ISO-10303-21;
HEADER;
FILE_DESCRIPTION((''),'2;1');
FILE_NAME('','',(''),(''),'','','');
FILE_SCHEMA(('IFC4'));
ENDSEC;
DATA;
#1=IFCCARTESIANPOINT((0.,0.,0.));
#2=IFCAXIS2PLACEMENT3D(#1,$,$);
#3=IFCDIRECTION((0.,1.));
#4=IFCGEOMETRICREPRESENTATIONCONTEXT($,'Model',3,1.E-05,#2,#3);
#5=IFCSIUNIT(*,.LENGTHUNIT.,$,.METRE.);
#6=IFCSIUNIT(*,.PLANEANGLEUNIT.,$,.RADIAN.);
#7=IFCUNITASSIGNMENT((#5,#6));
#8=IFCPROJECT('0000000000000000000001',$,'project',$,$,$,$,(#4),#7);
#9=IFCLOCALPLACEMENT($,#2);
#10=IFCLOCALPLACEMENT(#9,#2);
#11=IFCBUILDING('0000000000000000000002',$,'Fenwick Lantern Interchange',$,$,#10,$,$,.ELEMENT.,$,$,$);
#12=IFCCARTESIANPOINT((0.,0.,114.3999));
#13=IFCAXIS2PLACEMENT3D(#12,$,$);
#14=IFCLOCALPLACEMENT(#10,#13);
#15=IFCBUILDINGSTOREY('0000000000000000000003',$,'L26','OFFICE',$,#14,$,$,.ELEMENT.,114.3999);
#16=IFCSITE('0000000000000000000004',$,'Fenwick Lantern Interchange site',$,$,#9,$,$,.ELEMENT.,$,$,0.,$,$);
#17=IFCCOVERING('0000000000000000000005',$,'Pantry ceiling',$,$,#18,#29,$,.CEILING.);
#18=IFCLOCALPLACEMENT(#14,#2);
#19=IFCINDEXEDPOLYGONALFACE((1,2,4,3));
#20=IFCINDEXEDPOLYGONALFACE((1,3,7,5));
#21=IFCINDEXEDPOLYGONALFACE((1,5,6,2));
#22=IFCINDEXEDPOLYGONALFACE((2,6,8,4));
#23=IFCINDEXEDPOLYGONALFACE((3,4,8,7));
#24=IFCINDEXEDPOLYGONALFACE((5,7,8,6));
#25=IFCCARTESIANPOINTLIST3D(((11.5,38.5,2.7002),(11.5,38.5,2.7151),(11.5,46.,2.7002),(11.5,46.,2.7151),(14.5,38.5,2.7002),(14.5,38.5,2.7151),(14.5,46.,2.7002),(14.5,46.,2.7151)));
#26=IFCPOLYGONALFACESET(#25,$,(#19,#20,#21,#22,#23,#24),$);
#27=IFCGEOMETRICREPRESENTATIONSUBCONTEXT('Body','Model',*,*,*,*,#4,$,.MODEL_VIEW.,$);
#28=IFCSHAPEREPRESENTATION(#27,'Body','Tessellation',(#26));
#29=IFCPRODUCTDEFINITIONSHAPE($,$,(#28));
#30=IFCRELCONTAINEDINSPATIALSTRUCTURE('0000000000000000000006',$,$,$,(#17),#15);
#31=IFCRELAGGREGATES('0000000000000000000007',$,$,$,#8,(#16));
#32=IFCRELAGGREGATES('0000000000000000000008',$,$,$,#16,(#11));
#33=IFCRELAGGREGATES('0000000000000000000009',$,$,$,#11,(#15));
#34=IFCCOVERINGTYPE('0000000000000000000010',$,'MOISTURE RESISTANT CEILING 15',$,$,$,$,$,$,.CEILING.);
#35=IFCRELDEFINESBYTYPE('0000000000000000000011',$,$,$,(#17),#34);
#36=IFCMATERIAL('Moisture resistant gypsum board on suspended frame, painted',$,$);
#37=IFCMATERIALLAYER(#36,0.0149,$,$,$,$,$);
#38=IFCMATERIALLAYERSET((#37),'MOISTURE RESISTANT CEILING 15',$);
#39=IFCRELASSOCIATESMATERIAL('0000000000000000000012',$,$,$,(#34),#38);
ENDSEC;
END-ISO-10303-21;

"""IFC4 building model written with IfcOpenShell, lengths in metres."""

from ifc_helpers import new_model, si_unit, direction, frame, origin, place, context, subcontext, project, spatial, polyline, outline, extrude, material, layer, layer_set, type_object, element, save


model = new_model("IFC4")

# Units and contexts
model_context = context("Model", 3, precision=1e-05, world=origin(), true_north=direction((0.0, 1.0)))
body_context = subcontext(model_context, "Body", "Model", "MODEL_VIEW")
ifc_project = project(units=[si_unit("LENGTHUNIT", "METRE"), si_unit("PLANEANGLEUNIT", "RADIAN")], contexts=[model_context])

# Site, building, storey
site_placement = place(None, origin())
site = spatial("IfcSite", under=ifc_project, at=site_placement, Name="Fenwick Lantern Interchange site", CompositionType="ELEMENT", RefElevation=0.0)
building_placement = place(site_placement, origin())
building = spatial("IfcBuilding", under=site, at=building_placement, Name="Fenwick Lantern Interchange", CompositionType="ELEMENT")
storey_placement = place(building_placement, frame((0.0, 0.0, 114.3999)))
storey = spatial("IfcBuildingStorey", under=building, at=storey_placement, Name="L26", Description="OFFICE", CompositionType="ELEMENT", Elevation=114.3999)

# Covering
ifc_material_1 = material(Name="Moisture resistant gypsum board on suspended frame, painted")
ifc_layer_1 = layer(ifc_material_1, 0.0149)
ifc_layer_set_1 = layer_set([ifc_layer_1], Name="MOISTURE RESISTANT CEILING 15")
covering_type_1 = type_object("IfcCoveringType", Name="MOISTURE RESISTANT CEILING 15", PredefinedType="CEILING", material=ifc_layer_set_1)
covering_1_placement = place(storey_placement, frame((0.0, 0.0, 2.7002)))
element("IfcCovering", 1, at=covering_1_placement, inside=storey, type_object=covering_type_1, Name="Pantry ceiling", PredefinedType="CEILING", context=body_context, shape_type="SweptSolid", body=[
    extrude(outline(polyline([(14.5, 46.0), (11.5, 46.0), (11.5, 38.5), (14.5, 38.5), (14.5, 46.0)])), origin(), (0.0, 0.0, 1.0), 0.0149),
])

save(model, "model.ifc")
